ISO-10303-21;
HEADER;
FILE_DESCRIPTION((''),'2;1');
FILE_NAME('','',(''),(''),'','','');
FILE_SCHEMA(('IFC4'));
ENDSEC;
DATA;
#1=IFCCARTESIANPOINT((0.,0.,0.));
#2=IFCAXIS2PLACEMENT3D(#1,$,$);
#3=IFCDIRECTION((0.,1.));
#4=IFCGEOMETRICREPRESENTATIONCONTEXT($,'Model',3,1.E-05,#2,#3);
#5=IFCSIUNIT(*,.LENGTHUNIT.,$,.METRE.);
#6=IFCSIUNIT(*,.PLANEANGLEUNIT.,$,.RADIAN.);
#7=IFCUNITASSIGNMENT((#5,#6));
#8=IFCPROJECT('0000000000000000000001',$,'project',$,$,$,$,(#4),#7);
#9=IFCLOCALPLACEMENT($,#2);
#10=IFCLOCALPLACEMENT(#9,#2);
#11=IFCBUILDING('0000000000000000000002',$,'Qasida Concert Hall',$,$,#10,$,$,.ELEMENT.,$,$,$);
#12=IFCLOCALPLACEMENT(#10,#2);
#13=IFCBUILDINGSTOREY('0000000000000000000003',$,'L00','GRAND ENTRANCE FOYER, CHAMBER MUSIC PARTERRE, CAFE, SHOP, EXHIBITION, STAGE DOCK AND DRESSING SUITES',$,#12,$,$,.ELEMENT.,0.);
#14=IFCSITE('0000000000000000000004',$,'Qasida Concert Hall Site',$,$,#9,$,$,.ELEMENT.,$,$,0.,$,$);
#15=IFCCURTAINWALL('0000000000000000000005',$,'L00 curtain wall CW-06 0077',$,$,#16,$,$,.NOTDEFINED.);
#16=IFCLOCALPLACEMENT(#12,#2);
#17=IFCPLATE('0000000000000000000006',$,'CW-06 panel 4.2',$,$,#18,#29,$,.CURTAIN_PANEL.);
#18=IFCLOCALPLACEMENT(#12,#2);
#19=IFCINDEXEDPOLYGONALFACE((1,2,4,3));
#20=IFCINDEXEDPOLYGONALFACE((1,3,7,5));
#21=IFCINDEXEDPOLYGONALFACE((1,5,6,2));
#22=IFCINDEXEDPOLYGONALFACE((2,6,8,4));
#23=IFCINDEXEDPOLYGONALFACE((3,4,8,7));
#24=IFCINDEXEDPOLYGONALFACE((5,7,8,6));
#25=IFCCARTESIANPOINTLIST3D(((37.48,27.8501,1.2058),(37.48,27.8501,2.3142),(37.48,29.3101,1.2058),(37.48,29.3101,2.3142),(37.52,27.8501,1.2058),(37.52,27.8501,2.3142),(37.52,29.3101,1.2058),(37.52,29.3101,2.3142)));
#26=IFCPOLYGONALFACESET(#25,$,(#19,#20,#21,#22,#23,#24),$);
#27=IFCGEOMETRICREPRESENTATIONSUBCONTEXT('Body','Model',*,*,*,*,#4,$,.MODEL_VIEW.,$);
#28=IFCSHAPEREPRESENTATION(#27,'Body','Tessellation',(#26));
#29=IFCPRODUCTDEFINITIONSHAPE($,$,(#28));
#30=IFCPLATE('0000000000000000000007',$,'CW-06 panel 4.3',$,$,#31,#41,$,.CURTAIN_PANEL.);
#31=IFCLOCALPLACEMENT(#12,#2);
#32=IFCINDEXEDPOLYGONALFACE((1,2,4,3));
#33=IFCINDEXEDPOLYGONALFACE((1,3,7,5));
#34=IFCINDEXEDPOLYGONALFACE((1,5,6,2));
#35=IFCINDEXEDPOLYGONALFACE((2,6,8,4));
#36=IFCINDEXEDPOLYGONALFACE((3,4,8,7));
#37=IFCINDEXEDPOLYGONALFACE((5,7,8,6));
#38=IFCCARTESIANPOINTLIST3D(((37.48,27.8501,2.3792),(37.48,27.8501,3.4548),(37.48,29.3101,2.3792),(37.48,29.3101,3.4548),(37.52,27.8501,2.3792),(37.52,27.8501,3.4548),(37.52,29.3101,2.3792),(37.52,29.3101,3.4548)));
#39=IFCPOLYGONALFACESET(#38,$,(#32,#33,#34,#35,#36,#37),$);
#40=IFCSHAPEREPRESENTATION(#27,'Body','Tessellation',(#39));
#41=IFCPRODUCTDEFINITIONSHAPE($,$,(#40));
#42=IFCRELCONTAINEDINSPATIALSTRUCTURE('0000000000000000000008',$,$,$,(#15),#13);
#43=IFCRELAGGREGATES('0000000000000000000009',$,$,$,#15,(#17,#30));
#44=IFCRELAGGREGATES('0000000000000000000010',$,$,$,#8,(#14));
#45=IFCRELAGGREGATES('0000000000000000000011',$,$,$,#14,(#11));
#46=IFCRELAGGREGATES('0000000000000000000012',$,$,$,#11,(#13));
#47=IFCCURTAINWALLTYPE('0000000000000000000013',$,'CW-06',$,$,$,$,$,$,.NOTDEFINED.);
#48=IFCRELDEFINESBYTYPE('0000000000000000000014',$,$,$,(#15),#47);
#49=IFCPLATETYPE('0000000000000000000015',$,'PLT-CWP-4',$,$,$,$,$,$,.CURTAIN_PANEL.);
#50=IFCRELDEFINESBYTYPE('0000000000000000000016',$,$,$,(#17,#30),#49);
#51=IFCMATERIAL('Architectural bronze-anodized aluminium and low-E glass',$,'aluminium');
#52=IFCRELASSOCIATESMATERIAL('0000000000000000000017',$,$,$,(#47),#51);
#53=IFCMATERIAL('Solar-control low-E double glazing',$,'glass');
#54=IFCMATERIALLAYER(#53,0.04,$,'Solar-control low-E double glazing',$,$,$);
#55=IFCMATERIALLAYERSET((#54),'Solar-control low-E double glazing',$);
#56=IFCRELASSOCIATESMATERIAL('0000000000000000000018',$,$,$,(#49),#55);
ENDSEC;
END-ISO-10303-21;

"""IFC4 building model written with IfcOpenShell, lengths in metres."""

from ifc_helpers import new_model, si_unit, direction, frame, origin, origin_2d, place, context, subcontext, project, spatial, rectangle, extrude, material, layer, layer_set, type_object, element, aggregate, save


model = new_model("IFC4")

# Units and contexts
model_context = context("Model", 3, precision=1e-05, world=origin(), true_north=direction((0.0, 1.0)))
body_context = subcontext(model_context, "Body", "Model", "MODEL_VIEW")
ifc_project = project(units=[si_unit("LENGTHUNIT", "METRE"), si_unit("PLANEANGLEUNIT", "RADIAN")], contexts=[model_context])

# Site, building, storey
site_placement = place(None, origin())
site = spatial("IfcSite", under=ifc_project, at=site_placement, Name="Qasida Concert Hall Site", CompositionType="ELEMENT", RefElevation=0.0)
building_placement = place(site_placement, origin())
building = spatial("IfcBuilding", under=site, at=building_placement, Name="Qasida Concert Hall", CompositionType="ELEMENT")
storey_placement = place(building_placement, origin())
storey = spatial("IfcBuildingStorey", under=building, at=storey_placement, Name="L00", Description="GRAND ENTRANCE FOYER, CHAMBER MUSIC PARTERRE, CAFE, SHOP, EXHIBITION, STAGE DOCK AND DRESSING SUITES", CompositionType="ELEMENT", Elevation=0.0)

# Curtain wall
ifc_material_1 = material(Name="Architectural bronze-anodized aluminium and low-E glass", Category="aluminium")
curtain_wall_type_1 = type_object("IfcCurtainWallType", Name="CW-06", PredefinedType="NOTDEFINED", material=ifc_material_1)
curtain_wall_1_placement = place(storey_placement, origin())
curtain_wall_1 = element("IfcCurtainWall", 1, at=curtain_wall_1_placement, inside=storey, type_object=curtain_wall_type_1, Name="L00 curtain wall CW-06 0077", PredefinedType="NOTDEFINED")

# Plates
ifc_material_2 = material(Name="Solar-control low-E double glazing", Category="glass")
ifc_layer = layer(ifc_material_2, 0.04, Name="Solar-control low-E double glazing")
ifc_layer_set = layer_set([ifc_layer], Name="Solar-control low-E double glazing")
plate_type = type_object("IfcPlateType", Name="PLT-CWP-4", PredefinedType="CURTAIN_PANEL", material=ifc_layer_set)
plate_1_placement = place(storey_placement, frame((37.5, 28.5801, 1.2058), z_axis=(0.0, 0.0, 1.0), x_axis=(0.0, 1.0, 0.0)))
plate_1 = element("IfcPlate", 2, at=plate_1_placement, type_object=plate_type, Name="CW-06 panel 4.2", PredefinedType="CURTAIN_PANEL", context=body_context, shape_type="SweptSolid", body=[
    extrude(rectangle(XDim=1.46, YDim=0.04, at=origin_2d()), origin(), (0.0, 0.0, 1.0), 1.1084),
])
plate_2_placement = place(storey_placement, frame((37.5, 28.5801, 2.3792), z_axis=(0.0, 0.0, 1.0), x_axis=(0.0, 1.0, 0.0)))
plate_2 = element("IfcPlate", 3, at=plate_2_placement, type_object=plate_type, Name="CW-06 panel 4.3", PredefinedType="CURTAIN_PANEL", context=body_context, shape_type="SweptSolid", body=[
    extrude(rectangle(XDim=1.46, YDim=0.04, at=origin_2d()), origin(), (0.0, 0.0, 1.0), 1.0757),
])
aggregate(curtain_wall_1, [plate_1, plate_2])

save(model, "model.ifc")
